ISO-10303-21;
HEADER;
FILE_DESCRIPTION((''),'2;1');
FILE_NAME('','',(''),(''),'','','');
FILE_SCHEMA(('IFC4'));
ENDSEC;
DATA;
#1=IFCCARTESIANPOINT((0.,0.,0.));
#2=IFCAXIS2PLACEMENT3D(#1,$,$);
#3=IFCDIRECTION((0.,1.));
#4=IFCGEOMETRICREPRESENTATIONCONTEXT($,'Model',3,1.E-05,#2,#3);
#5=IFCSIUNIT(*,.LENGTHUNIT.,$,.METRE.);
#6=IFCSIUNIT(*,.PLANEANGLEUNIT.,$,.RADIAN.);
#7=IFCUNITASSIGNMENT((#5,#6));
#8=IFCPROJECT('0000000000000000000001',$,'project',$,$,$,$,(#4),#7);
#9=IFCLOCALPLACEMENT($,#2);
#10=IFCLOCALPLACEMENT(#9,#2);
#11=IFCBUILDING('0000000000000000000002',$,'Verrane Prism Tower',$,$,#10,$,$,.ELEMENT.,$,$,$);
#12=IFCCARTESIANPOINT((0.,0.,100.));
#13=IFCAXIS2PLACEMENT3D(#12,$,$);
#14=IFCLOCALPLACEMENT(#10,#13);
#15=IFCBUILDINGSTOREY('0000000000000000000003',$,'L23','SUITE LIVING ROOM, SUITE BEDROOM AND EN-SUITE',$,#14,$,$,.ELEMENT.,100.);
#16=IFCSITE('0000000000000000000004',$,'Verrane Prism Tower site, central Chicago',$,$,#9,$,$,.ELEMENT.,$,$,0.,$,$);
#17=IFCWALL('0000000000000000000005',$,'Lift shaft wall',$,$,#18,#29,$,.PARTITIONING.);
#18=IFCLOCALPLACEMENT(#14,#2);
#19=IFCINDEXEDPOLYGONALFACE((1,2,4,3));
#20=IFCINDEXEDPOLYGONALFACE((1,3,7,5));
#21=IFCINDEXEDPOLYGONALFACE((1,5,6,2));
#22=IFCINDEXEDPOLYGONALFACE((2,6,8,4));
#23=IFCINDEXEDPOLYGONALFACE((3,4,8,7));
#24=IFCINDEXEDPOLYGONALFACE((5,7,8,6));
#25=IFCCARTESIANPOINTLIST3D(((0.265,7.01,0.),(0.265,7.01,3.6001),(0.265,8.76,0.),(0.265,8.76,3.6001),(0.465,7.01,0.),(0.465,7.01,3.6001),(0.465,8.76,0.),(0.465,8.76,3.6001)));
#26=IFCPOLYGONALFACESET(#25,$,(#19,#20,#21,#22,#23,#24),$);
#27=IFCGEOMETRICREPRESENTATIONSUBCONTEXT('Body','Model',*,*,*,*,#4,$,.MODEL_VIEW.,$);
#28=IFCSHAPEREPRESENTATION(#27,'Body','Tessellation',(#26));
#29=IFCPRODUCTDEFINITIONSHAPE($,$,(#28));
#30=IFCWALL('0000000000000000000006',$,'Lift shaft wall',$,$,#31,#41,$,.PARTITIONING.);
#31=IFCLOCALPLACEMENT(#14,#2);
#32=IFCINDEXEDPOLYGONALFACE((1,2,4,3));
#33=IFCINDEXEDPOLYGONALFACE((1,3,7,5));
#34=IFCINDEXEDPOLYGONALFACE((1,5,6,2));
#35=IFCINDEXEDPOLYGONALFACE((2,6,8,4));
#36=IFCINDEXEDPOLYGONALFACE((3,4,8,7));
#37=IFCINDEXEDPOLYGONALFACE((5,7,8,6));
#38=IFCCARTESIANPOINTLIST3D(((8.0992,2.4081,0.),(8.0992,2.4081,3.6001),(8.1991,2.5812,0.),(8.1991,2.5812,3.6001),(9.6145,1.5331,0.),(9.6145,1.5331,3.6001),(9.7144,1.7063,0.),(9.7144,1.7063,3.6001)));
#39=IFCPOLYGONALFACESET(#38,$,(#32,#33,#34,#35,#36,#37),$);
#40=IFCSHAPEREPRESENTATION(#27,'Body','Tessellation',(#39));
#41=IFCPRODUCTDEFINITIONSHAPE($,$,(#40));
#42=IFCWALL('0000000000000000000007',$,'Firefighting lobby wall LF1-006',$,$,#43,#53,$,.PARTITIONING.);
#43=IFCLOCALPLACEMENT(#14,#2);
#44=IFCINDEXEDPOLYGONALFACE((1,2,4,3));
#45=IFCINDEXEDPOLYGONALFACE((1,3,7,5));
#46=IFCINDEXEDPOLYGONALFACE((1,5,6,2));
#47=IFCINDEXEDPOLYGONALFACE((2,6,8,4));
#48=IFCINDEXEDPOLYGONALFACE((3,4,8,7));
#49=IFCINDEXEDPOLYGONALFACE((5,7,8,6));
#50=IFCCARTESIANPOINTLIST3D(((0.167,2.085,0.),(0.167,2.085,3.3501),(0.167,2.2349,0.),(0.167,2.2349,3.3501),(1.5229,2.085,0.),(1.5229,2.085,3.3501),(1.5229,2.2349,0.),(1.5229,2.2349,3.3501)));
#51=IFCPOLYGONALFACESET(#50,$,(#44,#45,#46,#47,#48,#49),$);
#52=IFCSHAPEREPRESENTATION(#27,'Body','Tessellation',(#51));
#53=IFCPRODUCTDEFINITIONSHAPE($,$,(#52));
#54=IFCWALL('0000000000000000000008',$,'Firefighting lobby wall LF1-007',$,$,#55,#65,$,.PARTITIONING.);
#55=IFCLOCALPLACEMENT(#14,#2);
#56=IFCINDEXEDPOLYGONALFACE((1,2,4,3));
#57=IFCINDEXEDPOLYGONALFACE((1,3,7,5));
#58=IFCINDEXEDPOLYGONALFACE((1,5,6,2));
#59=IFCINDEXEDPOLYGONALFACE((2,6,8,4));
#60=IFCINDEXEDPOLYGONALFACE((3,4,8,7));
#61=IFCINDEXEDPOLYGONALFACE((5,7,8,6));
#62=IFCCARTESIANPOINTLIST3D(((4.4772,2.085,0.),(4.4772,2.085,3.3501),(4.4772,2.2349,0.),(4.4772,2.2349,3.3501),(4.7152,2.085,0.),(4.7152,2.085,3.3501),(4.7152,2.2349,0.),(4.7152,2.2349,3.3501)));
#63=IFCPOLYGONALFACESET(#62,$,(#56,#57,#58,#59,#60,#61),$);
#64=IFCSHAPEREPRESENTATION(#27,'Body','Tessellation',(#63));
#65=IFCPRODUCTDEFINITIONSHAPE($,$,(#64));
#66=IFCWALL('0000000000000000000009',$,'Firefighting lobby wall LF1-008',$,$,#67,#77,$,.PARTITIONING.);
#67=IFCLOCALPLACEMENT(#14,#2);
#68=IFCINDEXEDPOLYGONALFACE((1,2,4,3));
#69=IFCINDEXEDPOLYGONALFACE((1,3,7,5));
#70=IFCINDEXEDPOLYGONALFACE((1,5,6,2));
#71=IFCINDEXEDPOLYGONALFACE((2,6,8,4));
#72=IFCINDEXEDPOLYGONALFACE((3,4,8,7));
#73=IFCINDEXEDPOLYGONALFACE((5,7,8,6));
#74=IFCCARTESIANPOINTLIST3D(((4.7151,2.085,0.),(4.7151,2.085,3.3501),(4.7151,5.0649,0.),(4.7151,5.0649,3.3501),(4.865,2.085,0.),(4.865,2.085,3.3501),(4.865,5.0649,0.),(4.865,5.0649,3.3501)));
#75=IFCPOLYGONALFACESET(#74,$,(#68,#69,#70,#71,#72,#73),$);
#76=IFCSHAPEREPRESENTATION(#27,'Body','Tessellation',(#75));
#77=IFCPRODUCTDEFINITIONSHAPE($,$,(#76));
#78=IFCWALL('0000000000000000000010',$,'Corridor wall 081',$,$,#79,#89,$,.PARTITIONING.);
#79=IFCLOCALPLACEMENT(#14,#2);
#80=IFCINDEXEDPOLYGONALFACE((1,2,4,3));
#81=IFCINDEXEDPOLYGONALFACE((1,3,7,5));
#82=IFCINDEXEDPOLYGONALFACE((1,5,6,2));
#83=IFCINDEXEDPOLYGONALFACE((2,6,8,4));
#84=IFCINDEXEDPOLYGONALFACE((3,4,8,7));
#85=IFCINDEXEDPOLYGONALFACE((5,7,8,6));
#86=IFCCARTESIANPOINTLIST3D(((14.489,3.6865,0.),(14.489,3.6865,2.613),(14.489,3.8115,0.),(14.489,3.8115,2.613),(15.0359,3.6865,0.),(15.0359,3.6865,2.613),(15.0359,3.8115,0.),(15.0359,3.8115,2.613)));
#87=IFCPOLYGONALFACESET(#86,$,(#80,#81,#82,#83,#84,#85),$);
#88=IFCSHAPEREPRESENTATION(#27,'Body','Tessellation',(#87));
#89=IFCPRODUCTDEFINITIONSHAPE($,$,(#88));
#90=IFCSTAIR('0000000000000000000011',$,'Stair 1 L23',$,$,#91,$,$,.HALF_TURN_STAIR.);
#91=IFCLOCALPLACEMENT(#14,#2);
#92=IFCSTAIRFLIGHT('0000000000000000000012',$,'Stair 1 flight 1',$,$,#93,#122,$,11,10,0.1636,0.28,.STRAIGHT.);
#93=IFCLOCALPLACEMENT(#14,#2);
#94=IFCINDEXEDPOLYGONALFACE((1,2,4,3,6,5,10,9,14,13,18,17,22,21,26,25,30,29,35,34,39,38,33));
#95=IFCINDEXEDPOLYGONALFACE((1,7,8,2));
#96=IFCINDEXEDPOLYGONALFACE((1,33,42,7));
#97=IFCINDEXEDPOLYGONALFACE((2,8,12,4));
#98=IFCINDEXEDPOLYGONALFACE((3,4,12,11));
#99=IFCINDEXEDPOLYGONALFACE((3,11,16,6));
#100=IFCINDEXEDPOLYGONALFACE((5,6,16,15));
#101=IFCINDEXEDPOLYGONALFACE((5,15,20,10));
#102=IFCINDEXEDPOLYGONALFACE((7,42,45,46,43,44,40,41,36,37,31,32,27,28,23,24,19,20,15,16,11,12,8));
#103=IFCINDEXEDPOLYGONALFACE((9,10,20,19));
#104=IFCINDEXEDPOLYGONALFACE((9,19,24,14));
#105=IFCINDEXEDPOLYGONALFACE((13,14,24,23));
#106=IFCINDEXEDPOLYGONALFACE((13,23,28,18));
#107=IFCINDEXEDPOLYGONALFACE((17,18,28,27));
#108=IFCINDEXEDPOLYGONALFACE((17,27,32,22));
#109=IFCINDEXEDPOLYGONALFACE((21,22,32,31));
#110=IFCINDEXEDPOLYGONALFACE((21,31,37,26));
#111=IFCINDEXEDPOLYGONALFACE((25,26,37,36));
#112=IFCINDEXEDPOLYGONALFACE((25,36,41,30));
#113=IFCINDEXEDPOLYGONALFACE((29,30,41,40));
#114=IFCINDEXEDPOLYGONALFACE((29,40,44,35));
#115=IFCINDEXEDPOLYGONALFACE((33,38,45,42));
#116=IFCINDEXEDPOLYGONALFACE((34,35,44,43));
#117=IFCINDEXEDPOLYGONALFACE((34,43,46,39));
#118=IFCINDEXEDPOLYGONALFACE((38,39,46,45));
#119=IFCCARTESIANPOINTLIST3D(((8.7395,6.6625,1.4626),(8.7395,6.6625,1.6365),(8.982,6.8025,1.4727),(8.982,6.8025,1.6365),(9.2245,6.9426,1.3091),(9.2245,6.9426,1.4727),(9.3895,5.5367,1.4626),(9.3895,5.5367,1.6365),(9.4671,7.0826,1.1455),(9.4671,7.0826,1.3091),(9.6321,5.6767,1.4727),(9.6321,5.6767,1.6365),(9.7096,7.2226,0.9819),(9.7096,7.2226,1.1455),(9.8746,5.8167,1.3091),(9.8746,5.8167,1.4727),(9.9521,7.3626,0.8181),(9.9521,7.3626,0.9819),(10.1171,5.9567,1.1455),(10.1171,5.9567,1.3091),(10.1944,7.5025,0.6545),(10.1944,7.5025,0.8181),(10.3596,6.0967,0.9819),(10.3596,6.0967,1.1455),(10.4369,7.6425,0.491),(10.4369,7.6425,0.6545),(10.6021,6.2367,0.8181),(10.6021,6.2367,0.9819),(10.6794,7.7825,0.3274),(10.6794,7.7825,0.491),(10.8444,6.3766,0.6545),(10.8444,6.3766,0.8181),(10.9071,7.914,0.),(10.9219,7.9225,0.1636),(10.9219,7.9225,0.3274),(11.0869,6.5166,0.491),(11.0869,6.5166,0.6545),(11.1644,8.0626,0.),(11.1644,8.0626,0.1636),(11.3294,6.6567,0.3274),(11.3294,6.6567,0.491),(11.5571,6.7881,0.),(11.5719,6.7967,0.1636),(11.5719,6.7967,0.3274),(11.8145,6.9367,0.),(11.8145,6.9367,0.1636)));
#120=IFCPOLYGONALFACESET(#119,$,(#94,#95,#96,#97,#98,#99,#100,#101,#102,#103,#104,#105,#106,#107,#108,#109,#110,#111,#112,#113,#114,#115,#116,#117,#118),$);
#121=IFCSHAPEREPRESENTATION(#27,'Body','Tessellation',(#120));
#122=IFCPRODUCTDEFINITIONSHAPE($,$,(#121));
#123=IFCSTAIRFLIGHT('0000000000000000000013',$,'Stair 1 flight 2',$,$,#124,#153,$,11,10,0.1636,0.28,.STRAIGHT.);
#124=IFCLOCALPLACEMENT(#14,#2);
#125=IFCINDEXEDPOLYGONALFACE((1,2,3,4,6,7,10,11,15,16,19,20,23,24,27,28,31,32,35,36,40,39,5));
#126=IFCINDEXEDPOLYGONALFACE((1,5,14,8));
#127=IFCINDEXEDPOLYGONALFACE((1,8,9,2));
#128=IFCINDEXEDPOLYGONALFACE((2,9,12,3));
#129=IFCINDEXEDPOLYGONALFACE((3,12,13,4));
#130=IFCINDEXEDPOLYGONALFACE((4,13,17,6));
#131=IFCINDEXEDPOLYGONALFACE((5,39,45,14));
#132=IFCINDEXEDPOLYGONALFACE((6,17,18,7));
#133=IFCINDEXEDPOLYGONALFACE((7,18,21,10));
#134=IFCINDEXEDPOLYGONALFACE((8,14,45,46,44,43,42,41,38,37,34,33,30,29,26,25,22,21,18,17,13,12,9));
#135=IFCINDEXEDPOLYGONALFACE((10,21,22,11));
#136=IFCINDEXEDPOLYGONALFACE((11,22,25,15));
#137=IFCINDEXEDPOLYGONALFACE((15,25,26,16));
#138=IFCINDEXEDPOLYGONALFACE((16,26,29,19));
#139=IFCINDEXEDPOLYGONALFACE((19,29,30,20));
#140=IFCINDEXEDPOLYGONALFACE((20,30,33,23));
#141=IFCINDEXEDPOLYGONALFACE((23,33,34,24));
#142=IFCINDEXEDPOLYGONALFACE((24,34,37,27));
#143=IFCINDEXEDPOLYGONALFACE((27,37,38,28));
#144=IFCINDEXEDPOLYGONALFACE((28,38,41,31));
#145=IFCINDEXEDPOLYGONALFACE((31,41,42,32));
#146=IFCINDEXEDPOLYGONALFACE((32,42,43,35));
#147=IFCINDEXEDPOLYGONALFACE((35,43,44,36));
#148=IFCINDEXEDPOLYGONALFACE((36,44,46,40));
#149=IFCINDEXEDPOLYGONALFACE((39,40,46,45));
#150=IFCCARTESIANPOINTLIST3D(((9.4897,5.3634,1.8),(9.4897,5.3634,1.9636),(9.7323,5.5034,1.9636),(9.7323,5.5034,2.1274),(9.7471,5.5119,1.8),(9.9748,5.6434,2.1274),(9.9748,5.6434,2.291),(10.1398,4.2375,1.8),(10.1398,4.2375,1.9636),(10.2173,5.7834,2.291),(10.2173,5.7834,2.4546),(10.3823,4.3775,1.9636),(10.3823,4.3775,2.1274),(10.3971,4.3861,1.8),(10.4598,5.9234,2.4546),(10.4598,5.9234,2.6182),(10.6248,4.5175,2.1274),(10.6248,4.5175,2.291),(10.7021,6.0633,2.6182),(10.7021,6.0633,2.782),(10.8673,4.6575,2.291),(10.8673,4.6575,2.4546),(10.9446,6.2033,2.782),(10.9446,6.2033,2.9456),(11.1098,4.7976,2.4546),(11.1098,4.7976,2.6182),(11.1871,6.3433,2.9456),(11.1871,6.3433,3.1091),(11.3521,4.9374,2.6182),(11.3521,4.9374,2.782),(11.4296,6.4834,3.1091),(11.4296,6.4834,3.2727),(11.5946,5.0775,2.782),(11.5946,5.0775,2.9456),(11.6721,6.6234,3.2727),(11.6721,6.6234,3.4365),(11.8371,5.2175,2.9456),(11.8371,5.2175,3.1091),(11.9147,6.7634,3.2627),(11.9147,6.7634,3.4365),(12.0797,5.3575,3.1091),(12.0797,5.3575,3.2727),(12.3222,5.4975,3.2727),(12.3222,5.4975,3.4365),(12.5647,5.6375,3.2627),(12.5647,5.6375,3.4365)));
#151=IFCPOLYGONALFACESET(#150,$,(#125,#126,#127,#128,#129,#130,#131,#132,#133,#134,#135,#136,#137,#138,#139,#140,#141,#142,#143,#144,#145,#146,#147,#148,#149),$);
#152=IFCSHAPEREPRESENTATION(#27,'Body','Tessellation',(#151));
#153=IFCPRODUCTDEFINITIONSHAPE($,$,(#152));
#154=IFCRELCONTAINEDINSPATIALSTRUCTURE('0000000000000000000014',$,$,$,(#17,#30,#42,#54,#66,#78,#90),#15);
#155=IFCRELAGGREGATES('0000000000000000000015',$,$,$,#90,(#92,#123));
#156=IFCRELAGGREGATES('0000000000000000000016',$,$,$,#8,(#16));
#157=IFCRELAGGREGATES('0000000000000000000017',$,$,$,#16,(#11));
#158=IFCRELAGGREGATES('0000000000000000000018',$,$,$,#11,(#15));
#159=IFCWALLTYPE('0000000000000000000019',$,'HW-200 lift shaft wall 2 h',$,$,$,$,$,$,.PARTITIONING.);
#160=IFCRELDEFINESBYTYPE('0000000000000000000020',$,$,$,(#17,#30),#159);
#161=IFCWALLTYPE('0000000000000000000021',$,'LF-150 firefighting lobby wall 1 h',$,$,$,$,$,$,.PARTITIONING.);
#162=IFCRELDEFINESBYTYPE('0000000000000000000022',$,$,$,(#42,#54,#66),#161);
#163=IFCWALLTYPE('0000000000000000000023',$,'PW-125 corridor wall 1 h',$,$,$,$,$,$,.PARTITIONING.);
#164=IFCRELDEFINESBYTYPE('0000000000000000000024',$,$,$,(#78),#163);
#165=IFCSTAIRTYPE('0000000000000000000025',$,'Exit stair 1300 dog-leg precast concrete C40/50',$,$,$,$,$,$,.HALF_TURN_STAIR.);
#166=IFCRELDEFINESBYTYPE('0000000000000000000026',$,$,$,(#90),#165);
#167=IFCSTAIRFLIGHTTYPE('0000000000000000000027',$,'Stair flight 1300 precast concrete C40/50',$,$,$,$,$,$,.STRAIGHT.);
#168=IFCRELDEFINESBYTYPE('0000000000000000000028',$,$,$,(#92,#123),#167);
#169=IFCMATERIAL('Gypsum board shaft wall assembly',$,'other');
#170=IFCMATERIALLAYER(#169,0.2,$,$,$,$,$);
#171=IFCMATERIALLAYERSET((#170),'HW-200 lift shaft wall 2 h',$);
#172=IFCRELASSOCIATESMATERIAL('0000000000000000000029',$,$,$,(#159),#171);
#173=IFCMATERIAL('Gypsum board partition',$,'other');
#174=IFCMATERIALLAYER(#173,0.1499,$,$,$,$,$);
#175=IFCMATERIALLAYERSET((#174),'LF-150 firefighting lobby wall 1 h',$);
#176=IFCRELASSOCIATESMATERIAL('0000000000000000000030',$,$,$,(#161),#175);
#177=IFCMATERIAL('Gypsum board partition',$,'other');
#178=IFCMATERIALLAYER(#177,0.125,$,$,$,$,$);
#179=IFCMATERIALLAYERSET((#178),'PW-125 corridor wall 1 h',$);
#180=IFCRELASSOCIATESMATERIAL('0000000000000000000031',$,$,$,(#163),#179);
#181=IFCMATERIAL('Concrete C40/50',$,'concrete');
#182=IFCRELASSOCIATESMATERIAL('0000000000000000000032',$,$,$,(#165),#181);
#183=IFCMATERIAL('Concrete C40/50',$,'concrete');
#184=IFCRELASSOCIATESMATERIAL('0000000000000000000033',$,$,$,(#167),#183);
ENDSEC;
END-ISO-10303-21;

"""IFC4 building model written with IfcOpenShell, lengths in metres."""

from ifc_helpers import new_model, si_unit, direction, frame, frame_2d, origin, place, context, subcontext, project, spatial, polyline, rectangle, outline, extrude, material, layer, layer_set, type_object, element, aggregate, save


model = new_model("IFC4")

# Units and contexts
model_context = context("Model", 3, precision=1e-05, world=origin(), true_north=direction((0.0, 1.0)))
body_context = subcontext(model_context, "Body", "Model", "MODEL_VIEW")
ifc_project = project(units=[si_unit("LENGTHUNIT", "METRE"), si_unit("PLANEANGLEUNIT", "RADIAN")], contexts=[model_context])

# Site, building, storey
site_placement = place(None, origin())
site = spatial("IfcSite", under=ifc_project, at=site_placement, Name="Verrane Prism Tower site, central Chicago", CompositionType="ELEMENT", RefElevation=0.0)
building_placement = place(site_placement, origin())
building = spatial("IfcBuilding", under=site, at=building_placement, Name="Verrane Prism Tower", CompositionType="ELEMENT")
storey_placement = place(building_placement, frame((0.0, 0.0, 100.0)))
storey = spatial("IfcBuildingStorey", under=building, at=storey_placement, Name="L23", Description="SUITE LIVING ROOM, SUITE BEDROOM AND EN-SUITE", CompositionType="ELEMENT", Elevation=100.0)

# Shared definitions
ifc_material_1 = material(Name="Gypsum board shaft wall assembly", Category="other")
ifc_layer_1 = layer(ifc_material_1, 0.2)
ifc_layer_set_1 = layer_set([ifc_layer_1], Name="HW-200 lift shaft wall 2 h")
wall_type_1 = type_object("IfcWallType", Name="HW-200 lift shaft wall 2 h", PredefinedType="PARTITIONING", material=ifc_layer_set_1)

# Walls
wall_1_placement = place(storey_placement, frame((0.365, 7.01, 0.0), z_axis=(0.0, 0.0, 1.0), x_axis=(0.0, 1.0, 0.0)))
element("IfcWall", 1, at=wall_1_placement, inside=storey, type_object=wall_type_1, Name="Lift shaft wall", PredefinedType="PARTITIONING", context=body_context, shape_type="SweptSolid", body=[
    extrude(rectangle(XDim=1.75, YDim=0.2, at=frame_2d((0.875, 0.0))), origin(), (0.0, 0.0, 1.0), 3.6001),
])
wall_2_placement = place(storey_placement, frame((9.6646, 1.6196, 0.0), z_axis=(0.0, 0.0, 1.0), x_axis=(-0.866002, 0.50004, 0.0)))
element("IfcWall", 2, at=wall_2_placement, inside=storey, type_object=wall_type_1, Name="Lift shaft wall", PredefinedType="PARTITIONING", context=body_context, shape_type="SweptSolid", body=[
    extrude(rectangle(XDim=1.7498, YDim=0.2, at=frame_2d((0.875, 0.0))), origin(), (0.0, 0.0, 1.0), 3.6001),
])
ifc_material_2 = material(Name="Gypsum board partition", Category="other")
ifc_layer_2 = layer(ifc_material_2, 0.1499)
ifc_layer_set_2 = layer_set([ifc_layer_2], Name="LF-150 firefighting lobby wall 1 h")
wall_type_2 = type_object("IfcWallType", Name="LF-150 firefighting lobby wall 1 h", PredefinedType="PARTITIONING", material=ifc_layer_set_2)
wall_3_placement = place(storey_placement, frame((0.167, 2.1599, 0.0), z_axis=(0.0, 0.0, 1.0), x_axis=(1.0, 0.0, 0.0)))
element("IfcWall", 3, at=wall_3_placement, inside=storey, type_object=wall_type_2, Name="Firefighting lobby wall LF1-006", PredefinedType="PARTITIONING", context=body_context, shape_type="SweptSolid", body=[
    extrude(rectangle(XDim=1.356, YDim=0.1499, at=frame_2d((0.678, 0.0))), origin(), (0.0, 0.0, 1.0), 3.3501),
])
wall_4_placement = place(storey_placement, frame((4.4771, 2.1599, 0.0), z_axis=(0.0, 0.0, 1.0), x_axis=(1.0, 0.0, 0.0)))
element("IfcWall", 4, at=wall_4_placement, inside=storey, type_object=wall_type_2, Name="Firefighting lobby wall LF1-007", PredefinedType="PARTITIONING", context=body_context, shape_type="SweptSolid", body=[
    extrude(rectangle(XDim=0.238, YDim=0.1499, at=frame_2d((0.1191, 0.0))), origin(), (0.0, 0.0, 1.0), 3.3501),
])
wall_5_placement = place(storey_placement, frame((4.79, 2.085, 0.0), z_axis=(0.0, 0.0, 1.0), x_axis=(0.0, 1.0, 0.0)))
element("IfcWall", 5, at=wall_5_placement, inside=storey, type_object=wall_type_2, Name="Firefighting lobby wall LF1-008", PredefinedType="PARTITIONING", context=body_context, shape_type="SweptSolid", body=[
    extrude(rectangle(XDim=2.98, YDim=0.1499, at=frame_2d((1.49, 0.0))), origin(), (0.0, 0.0, 1.0), 3.3501),
])
ifc_material_3 = material(Name="Gypsum board partition", Category="other")
ifc_layer_3 = layer(ifc_material_3, 0.125)
ifc_layer_set_3 = layer_set([ifc_layer_3], Name="PW-125 corridor wall 1 h")
wall_type_3 = type_object("IfcWallType", Name="PW-125 corridor wall 1 h", PredefinedType="PARTITIONING", material=ifc_layer_set_3)
wall_6_placement = place(storey_placement, frame((14.489, 3.749, 0.0), z_axis=(0.0, 0.0, 1.0), x_axis=(1.0, 0.0, 0.0)))
element("IfcWall", 6, at=wall_6_placement, inside=storey, type_object=wall_type_3, Name="Corridor wall 081", PredefinedType="PARTITIONING", context=body_context, shape_type="SweptSolid", body=[
    extrude(rectangle(XDim=0.5469, YDim=0.125, at=frame_2d((0.2734, 0.0))), origin(), (0.0, 0.0, 1.0), 2.613),
])

# Stair, stair flights
ifc_material_4 = material(Name="Concrete C40/50", Category="concrete")
stair_type = type_object("IfcStairType", Name="Exit stair 1300 dog-leg precast concrete C40/50", PredefinedType="HALF_TURN_STAIR", material=ifc_material_4)
stair_placement = place(storey_placement, origin())
stair = element("IfcStair", 7, at=stair_placement, inside=storey, type_object=stair_type, Name="Stair 1 L23", PredefinedType="HALF_TURN_STAIR")
ifc_material_5 = material(Name="Concrete C40/50", Category="concrete")
stair_flight_type = type_object("IfcStairFlightType", Name="Stair flight 1300 precast concrete C40/50", PredefinedType="STRAIGHT", material=ifc_material_5)
stair_flight_1_placement = place(storey_placement, frame((11.4895, 7.4995, 0.0), z_axis=(0.0, 0.0, 1.0), x_axis=(-0.866025, -0.5, 0.0)))
stair_flight_1 = element("IfcStairFlight", 8, at=stair_flight_1_placement, type_object=stair_flight_type, Name="Stair 1 flight 1", NumberOfRisers=11, NumberOfTreads=10, PredefinedType="STRAIGHT", RiserHeight=0.1636, TreadLength=0.28, context=body_context, shape_type="SweptSolid", body=[
    extrude(outline(polyline([(0.0, 0.0), (0.0, 0.1636), (0.28, 0.1636), (0.28, 0.3274), (0.5601, 0.3274), (0.5601, 0.491), (0.8401, 0.491), (0.8401, 0.6545), (1.1201, 0.6545), (1.1201, 0.8181), (1.3999, 0.8181), (1.3999, 0.9819), (1.6799, 0.9819), (1.6799, 1.1455), (1.96, 1.1455), (1.96, 1.3091), (2.24, 1.3091), (2.24, 1.4727), (2.52, 1.4727), (2.52, 1.6365), (2.8, 1.6365), (2.8, 1.8), (2.8, 1.4626), (0.2971, 0.0), (0.0, 0.0)])), frame((0.0, 0.6499, 0.0), z_axis=(0.0, -1.0, 0.0), x_axis=(1.0, 0.0, 0.0)), (0.0, 0.0, 1.0), 1.3),
])
stair_flight_2_placement = place(storey_placement, frame((9.8147, 4.8005, 1.8), z_axis=(0.0, 0.0, 1.0), x_axis=(0.866025, 0.5, 0.0)))
stair_flight_2 = element("IfcStairFlight", 9, at=stair_flight_2_placement, type_object=stair_flight_type, Name="Stair 1 flight 2", NumberOfRisers=11, NumberOfTreads=10, PredefinedType="STRAIGHT", RiserHeight=0.1636, TreadLength=0.28, context=body_context, shape_type="SweptSolid", body=[
    extrude(outline(polyline([(0.0, 0.0), (0.0, 0.1636), (0.28, 0.1636), (0.28, 0.3274), (0.5601, 0.3274), (0.5601, 0.491), (0.8401, 0.491), (0.8401, 0.6545), (1.1201, 0.6545), (1.1201, 0.8181), (1.3999, 0.8181), (1.3999, 0.9819), (1.6799, 0.9819), (1.6799, 1.1455), (1.96, 1.1455), (1.96, 1.3091), (2.24, 1.3091), (2.24, 1.4727), (2.52, 1.4727), (2.52, 1.6365), (2.8, 1.6365), (2.8, 1.8), (2.8, 1.4626), (0.2971, 0.0), (0.0, 0.0)])), frame((0.0, 0.6499, 0.0), z_axis=(0.0, -1.0, 0.0), x_axis=(1.0, 0.0, 0.0)), (0.0, 0.0, 1.0), 1.3),
])
aggregate(stair, [stair_flight_1, stair_flight_2])

save(model, "model.ifc")
